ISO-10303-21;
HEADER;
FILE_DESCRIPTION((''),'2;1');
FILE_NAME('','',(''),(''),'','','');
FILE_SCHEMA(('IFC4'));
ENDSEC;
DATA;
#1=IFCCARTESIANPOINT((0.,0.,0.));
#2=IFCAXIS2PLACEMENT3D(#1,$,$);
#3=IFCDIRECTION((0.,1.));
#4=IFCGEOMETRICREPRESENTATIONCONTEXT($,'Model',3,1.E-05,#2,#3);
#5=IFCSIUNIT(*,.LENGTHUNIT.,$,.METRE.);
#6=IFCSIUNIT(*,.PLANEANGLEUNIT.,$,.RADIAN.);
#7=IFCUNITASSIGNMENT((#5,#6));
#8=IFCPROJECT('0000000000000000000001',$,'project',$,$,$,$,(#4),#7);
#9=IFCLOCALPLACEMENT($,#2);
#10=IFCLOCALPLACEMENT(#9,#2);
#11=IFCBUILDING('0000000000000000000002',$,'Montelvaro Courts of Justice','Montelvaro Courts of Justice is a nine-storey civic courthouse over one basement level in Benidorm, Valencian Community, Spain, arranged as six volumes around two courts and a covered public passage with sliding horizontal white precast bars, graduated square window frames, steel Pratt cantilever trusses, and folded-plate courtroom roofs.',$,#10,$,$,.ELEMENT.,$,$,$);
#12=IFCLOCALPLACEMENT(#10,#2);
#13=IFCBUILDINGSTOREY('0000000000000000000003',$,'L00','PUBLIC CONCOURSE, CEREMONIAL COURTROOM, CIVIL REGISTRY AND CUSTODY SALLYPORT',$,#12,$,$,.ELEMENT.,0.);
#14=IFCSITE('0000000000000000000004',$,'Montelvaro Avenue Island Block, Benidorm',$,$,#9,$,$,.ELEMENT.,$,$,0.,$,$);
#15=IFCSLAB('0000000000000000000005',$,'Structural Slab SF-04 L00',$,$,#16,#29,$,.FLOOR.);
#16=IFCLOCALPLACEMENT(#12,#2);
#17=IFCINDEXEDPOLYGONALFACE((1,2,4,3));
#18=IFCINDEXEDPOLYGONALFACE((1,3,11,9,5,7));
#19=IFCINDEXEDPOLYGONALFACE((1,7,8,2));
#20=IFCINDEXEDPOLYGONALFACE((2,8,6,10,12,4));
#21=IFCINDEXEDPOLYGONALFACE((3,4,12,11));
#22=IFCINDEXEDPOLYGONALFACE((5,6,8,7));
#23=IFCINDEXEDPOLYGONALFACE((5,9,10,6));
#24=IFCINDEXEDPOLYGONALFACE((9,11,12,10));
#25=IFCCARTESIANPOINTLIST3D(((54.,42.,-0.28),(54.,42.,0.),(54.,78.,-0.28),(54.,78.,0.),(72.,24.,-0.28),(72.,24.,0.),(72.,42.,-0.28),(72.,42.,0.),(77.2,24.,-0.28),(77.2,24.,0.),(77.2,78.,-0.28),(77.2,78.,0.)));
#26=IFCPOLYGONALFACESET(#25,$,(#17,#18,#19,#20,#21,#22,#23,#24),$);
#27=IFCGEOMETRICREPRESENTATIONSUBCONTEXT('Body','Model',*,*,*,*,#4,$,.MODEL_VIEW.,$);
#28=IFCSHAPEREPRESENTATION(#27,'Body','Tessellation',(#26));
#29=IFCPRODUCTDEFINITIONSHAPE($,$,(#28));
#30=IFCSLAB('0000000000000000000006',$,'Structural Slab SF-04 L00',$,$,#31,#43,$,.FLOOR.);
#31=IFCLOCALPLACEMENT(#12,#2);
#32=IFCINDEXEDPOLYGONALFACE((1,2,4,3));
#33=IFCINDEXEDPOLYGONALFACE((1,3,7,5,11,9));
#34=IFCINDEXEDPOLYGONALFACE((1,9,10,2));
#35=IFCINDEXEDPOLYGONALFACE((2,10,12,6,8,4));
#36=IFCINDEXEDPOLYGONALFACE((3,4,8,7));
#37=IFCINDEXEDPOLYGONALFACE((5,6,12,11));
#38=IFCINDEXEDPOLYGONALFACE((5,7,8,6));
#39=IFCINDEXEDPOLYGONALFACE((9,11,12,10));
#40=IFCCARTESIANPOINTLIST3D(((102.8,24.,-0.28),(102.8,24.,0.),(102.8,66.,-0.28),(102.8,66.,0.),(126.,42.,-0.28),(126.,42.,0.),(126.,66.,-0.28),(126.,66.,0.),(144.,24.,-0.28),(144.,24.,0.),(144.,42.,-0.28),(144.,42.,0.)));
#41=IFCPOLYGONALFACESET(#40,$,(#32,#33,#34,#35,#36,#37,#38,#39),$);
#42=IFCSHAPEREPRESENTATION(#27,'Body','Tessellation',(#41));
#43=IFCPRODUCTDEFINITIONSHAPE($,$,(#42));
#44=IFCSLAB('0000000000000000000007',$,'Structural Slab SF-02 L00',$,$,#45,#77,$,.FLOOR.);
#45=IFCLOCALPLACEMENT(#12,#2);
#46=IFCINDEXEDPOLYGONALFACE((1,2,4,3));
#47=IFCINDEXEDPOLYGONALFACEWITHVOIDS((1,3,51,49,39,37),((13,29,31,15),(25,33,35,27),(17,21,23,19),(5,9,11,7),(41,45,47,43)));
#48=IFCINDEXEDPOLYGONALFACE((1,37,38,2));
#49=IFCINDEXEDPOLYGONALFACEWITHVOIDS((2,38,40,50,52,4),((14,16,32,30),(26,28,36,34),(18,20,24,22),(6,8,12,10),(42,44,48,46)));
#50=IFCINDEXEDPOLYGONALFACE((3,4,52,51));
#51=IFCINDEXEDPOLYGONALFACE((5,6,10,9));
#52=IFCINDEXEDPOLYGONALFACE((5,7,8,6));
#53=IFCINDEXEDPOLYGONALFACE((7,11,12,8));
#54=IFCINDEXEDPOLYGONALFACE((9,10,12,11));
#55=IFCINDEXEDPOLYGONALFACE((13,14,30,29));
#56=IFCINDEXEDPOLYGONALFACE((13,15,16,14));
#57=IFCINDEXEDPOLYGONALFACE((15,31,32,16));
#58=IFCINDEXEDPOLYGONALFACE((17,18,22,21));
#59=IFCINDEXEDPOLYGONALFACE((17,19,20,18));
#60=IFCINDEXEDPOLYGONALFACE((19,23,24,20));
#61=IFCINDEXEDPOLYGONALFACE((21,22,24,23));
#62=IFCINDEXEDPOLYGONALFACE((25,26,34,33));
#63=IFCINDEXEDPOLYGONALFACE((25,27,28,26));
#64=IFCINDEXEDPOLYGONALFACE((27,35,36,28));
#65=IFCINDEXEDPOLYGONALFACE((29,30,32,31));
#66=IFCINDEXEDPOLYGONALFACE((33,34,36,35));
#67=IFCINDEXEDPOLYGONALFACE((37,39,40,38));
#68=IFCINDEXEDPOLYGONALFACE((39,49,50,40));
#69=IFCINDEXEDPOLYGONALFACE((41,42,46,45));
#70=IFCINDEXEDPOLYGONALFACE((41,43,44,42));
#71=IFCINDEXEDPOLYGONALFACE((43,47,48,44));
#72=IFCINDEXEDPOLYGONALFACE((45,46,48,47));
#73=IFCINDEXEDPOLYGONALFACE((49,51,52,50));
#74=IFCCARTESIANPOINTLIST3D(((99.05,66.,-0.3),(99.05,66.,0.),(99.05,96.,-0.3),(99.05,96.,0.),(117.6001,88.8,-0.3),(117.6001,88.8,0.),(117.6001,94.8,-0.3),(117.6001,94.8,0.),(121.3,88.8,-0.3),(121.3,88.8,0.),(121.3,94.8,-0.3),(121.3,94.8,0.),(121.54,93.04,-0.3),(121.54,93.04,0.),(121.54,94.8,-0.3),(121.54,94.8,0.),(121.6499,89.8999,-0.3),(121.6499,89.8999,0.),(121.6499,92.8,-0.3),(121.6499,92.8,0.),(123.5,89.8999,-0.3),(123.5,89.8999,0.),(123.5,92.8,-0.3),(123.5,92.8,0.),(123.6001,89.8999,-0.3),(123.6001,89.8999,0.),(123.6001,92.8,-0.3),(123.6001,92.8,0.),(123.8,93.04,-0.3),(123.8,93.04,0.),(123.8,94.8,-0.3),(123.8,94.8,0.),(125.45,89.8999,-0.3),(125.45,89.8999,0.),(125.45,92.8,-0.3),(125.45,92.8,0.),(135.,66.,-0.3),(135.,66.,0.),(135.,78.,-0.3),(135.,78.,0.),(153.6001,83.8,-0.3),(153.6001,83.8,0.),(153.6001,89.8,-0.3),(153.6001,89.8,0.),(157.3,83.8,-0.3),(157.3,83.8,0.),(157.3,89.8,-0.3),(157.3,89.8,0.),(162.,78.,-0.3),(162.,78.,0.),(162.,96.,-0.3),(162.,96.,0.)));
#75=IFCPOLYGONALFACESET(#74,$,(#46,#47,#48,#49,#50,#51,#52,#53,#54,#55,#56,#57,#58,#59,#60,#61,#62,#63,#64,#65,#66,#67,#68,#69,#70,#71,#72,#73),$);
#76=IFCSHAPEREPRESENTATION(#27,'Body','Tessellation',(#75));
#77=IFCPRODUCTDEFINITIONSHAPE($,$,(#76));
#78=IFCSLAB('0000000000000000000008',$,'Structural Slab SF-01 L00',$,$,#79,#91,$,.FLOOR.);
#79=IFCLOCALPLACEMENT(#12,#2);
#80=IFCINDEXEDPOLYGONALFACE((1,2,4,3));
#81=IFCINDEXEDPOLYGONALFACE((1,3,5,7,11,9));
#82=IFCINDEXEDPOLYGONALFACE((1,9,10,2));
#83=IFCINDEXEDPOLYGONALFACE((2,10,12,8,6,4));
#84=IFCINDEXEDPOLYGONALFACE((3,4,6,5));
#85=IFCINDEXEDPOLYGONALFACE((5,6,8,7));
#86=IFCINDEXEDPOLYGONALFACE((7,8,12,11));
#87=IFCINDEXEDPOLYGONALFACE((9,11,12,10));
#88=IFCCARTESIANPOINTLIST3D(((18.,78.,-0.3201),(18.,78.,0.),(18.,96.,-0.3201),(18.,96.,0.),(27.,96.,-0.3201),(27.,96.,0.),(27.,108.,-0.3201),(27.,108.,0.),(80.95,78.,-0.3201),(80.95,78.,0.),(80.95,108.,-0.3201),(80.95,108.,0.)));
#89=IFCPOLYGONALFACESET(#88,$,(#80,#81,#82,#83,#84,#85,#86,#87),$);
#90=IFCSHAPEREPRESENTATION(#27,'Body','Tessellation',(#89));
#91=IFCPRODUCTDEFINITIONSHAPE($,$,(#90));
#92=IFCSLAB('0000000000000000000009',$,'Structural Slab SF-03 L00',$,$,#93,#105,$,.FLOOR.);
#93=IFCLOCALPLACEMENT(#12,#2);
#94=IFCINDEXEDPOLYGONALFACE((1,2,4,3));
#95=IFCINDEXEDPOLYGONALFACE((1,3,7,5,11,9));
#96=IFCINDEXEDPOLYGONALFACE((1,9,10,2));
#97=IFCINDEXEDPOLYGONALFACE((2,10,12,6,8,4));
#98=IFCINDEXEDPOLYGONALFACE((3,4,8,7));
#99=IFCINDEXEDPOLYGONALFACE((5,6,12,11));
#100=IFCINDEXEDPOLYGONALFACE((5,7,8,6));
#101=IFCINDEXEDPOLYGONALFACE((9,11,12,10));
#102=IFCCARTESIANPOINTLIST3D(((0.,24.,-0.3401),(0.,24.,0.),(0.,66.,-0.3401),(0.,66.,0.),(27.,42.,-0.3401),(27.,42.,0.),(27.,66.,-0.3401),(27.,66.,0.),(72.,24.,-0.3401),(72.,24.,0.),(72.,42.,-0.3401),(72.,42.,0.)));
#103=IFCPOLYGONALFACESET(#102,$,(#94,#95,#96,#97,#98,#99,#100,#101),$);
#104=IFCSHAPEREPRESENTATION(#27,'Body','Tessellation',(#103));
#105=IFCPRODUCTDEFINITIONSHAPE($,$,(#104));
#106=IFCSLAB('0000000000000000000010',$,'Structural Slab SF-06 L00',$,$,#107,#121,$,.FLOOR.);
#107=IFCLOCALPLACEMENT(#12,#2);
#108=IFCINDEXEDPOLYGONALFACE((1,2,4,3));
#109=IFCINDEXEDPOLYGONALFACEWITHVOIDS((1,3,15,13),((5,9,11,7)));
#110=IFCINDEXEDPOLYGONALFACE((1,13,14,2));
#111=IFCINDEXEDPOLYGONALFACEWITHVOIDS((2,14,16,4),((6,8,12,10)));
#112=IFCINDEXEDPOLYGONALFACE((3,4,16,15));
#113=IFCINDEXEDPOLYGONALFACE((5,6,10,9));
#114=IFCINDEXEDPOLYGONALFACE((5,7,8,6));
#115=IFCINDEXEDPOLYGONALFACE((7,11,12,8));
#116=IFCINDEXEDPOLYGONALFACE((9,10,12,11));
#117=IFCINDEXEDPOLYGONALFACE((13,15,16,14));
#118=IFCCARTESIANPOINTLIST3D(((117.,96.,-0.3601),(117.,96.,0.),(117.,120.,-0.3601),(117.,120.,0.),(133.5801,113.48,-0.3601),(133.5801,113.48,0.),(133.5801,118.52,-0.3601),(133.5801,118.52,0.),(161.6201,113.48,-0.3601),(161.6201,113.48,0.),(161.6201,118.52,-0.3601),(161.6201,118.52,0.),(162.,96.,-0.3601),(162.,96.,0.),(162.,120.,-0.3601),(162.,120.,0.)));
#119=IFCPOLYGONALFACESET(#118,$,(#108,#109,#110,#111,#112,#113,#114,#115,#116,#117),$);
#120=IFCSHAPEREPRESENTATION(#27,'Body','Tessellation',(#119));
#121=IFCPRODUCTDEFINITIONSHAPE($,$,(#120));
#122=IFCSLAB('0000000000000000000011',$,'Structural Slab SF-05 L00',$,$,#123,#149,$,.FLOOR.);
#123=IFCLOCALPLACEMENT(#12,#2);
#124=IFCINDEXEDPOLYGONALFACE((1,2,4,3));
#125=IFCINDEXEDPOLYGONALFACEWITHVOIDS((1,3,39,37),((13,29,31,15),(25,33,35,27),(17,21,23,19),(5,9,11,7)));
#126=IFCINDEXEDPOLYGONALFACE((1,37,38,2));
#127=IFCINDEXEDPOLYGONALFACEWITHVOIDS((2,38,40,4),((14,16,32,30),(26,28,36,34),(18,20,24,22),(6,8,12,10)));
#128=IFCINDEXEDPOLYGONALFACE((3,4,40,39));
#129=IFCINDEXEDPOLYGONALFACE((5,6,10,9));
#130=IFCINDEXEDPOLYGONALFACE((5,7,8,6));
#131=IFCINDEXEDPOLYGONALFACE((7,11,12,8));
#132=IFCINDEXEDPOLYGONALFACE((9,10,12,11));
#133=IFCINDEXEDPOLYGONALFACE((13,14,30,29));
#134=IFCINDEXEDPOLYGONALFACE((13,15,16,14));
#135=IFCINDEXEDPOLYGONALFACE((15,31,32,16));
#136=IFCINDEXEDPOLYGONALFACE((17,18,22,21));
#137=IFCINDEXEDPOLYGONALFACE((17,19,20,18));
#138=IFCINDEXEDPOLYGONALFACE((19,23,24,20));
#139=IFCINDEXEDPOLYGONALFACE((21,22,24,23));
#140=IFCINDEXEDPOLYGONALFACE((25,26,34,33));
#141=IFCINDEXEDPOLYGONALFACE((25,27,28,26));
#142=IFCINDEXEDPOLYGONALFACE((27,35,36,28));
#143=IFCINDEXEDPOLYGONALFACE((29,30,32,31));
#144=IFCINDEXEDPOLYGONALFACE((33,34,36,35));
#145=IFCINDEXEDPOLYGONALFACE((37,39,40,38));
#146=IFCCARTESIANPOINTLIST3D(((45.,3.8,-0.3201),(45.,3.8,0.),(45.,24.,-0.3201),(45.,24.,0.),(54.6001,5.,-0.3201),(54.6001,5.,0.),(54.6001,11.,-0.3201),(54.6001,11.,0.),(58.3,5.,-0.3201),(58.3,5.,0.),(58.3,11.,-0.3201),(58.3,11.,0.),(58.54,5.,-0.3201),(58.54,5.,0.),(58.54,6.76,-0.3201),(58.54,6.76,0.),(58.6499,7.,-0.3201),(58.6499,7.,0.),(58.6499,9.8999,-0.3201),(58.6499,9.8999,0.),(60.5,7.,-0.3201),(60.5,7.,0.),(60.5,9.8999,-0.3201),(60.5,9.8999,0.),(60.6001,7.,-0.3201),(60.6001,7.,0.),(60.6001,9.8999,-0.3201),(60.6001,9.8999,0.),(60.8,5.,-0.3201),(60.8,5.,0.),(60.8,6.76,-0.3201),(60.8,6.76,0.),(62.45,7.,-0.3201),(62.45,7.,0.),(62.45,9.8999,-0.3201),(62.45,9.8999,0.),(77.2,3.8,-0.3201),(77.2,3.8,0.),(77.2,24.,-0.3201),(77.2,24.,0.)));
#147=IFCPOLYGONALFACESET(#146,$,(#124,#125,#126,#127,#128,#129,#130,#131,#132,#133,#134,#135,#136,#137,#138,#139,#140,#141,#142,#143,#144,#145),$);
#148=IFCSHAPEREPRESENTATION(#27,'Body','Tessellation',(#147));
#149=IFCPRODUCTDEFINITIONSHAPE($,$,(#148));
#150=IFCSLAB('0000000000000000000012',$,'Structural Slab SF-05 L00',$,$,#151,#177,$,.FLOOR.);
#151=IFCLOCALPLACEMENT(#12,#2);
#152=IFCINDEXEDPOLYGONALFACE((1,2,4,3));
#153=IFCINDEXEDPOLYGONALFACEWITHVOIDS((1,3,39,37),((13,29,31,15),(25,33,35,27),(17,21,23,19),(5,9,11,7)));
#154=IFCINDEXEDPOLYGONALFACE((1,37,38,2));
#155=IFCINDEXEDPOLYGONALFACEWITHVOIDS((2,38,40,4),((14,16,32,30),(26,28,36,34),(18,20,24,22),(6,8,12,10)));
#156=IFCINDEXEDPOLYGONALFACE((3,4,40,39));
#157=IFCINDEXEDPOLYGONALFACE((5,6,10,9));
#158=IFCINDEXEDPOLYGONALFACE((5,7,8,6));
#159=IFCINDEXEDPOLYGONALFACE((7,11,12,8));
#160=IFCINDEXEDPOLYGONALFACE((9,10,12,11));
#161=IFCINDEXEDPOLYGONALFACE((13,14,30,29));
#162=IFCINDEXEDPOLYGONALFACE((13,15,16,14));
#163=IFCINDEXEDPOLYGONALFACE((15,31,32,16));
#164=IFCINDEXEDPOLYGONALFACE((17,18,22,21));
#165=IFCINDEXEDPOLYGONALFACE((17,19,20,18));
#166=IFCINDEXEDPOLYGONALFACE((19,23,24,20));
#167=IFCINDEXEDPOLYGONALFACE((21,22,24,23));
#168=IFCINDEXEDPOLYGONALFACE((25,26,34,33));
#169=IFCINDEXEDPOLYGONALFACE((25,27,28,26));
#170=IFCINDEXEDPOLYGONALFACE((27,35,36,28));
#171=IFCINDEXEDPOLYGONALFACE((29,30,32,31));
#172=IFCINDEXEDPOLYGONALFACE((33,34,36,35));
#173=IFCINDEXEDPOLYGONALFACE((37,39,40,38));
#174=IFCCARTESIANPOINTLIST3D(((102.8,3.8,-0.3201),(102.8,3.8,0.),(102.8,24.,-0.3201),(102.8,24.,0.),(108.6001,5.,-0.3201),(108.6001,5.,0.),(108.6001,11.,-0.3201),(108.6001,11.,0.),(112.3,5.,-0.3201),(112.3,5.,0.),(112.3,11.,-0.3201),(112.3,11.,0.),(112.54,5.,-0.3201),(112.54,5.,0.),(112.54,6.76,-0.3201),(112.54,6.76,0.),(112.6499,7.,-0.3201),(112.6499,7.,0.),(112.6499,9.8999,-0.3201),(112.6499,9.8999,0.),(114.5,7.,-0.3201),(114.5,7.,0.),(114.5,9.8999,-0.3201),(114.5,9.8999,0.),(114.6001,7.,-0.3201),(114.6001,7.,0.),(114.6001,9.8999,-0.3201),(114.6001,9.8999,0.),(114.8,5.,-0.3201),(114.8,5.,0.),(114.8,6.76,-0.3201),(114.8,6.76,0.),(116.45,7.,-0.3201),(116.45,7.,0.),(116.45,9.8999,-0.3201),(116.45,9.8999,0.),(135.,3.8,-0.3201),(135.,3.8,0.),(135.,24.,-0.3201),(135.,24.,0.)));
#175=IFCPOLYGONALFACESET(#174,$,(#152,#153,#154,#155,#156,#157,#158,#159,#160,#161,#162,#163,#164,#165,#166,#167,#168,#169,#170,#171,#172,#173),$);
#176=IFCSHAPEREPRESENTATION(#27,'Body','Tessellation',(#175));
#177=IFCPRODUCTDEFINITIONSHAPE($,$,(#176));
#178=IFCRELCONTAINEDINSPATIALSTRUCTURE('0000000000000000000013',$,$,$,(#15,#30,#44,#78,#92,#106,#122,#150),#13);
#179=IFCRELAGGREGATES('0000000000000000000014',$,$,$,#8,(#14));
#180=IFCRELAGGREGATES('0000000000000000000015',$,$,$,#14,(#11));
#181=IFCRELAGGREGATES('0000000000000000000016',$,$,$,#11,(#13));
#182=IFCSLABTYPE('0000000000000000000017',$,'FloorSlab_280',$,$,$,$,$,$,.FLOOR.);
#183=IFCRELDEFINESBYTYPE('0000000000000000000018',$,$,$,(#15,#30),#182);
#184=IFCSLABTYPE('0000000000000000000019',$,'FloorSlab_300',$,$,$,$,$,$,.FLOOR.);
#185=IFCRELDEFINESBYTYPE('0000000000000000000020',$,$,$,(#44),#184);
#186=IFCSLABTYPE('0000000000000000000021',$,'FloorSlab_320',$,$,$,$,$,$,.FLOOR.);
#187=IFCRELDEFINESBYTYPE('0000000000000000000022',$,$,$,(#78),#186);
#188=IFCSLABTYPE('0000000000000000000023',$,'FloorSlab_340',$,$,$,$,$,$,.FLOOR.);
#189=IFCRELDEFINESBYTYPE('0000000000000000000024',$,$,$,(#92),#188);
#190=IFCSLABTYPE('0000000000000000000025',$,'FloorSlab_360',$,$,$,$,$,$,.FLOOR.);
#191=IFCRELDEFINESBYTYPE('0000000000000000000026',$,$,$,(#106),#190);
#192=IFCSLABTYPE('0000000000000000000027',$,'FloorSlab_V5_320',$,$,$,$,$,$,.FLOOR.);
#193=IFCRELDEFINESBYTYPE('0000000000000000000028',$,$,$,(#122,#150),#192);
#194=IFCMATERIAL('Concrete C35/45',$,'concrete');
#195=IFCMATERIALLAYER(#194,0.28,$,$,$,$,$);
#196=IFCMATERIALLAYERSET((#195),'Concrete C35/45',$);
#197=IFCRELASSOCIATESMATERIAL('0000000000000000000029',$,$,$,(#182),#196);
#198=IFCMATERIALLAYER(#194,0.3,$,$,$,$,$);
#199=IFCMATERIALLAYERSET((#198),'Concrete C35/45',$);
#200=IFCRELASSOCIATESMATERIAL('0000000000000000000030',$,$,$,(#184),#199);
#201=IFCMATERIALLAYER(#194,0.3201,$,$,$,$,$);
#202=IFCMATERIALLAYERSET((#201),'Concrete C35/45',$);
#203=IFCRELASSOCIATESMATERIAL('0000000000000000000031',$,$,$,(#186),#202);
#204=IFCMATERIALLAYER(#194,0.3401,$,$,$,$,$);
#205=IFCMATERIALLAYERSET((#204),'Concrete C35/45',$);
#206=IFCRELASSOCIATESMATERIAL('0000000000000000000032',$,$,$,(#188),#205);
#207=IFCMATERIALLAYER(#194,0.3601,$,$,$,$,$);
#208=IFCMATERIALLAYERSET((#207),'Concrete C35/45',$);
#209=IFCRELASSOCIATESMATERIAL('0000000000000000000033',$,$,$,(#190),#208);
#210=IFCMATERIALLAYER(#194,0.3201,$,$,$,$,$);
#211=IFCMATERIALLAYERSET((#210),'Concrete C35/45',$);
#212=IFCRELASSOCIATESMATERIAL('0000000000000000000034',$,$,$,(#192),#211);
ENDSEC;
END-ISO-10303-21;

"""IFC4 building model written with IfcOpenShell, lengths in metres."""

from ifc_helpers import new_model, si_unit, direction, frame, origin, place, context, subcontext, project, spatial, polyline, outline, extrude, material, layer, layer_set, type_object, element, save


model = new_model("IFC4")

# Units and contexts
model_context = context("Model", 3, precision=1e-05, world=origin(), true_north=direction((0.0, 1.0)))
body_context = subcontext(model_context, "Body", "Model", "MODEL_VIEW")
ifc_project = project(units=[si_unit("LENGTHUNIT", "METRE"), si_unit("PLANEANGLEUNIT", "RADIAN")], contexts=[model_context])

# Site, building, storey
site_placement = place(None, origin())
site = spatial("IfcSite", under=ifc_project, at=site_placement, Name="Montelvaro Avenue Island Block, Benidorm", CompositionType="ELEMENT", RefElevation=0.0)
building_placement = place(site_placement, origin())
building = spatial("IfcBuilding", under=site, at=building_placement, Name="Montelvaro Courts of Justice", Description="Montelvaro Courts of Justice is a nine-storey civic courthouse over one basement level in Benidorm, Valencian Community, Spain, arranged as six volumes around two courts and a covered public passage with sliding horizontal white precast bars, graduated square window frames, steel Pratt cantilever trusses, and folded-plate courtroom roofs.", CompositionType="ELEMENT")
storey_placement = place(building_placement, origin())
storey = spatial("IfcBuildingStorey", under=building, at=storey_placement, Name="L00", Description="PUBLIC CONCOURSE, CEREMONIAL COURTROOM, CIVIL REGISTRY AND CUSTODY SALLYPORT", CompositionType="ELEMENT", Elevation=0.0)

# Slabs
ifc_material_1 = material(Name="Concrete C35/45", Category="concrete")
ifc_layer_1 = layer(ifc_material_1, 0.28)
ifc_layer_set_1 = layer_set([ifc_layer_1], Name="Concrete C35/45")
slab_type_1 = type_object("IfcSlabType", Name="FloorSlab_280", PredefinedType="FLOOR", material=ifc_layer_set_1)
slab_1_placement = place(storey_placement, frame((0.0, 0.0, -0.28)))
element("IfcSlab", 1, at=slab_1_placement, inside=storey, type_object=slab_type_1, Name="Structural Slab SF-04 L00", PredefinedType="FLOOR", context=body_context, shape_type="SweptSolid", body=[
    extrude(outline(polyline([(72.0, 24.0), (77.2, 24.0), (77.2, 78.0), (54.0, 78.0), (54.0, 42.0), (72.0, 42.0), (72.0, 24.0)])), origin(), (0.0, 0.0, 1.0), 0.28),
])
slab_2_placement = place(storey_placement, frame((0.0, 0.0, -0.28)))
element("IfcSlab", 2, at=slab_2_placement, inside=storey, type_object=slab_type_1, Name="Structural Slab SF-04 L00", PredefinedType="FLOOR", context=body_context, shape_type="SweptSolid", body=[
    extrude(outline(polyline([(102.8, 24.0), (144.0, 24.0), (144.0, 42.0), (126.0, 42.0), (126.0, 66.0), (102.8, 66.0), (102.8, 24.0)])), origin(), (0.0, 0.0, 1.0), 0.28),
])
ifc_layer_2 = layer(ifc_material_1, 0.3)
ifc_layer_set_2 = layer_set([ifc_layer_2], Name="Concrete C35/45")
slab_type_2 = type_object("IfcSlabType", Name="FloorSlab_300", PredefinedType="FLOOR", material=ifc_layer_set_2)
slab_3_placement = place(storey_placement, frame((0.0, 0.0, -0.3)))
element("IfcSlab", 3, at=slab_3_placement, inside=storey, type_object=slab_type_2, Name="Structural Slab SF-02 L00", PredefinedType="FLOOR", context=body_context, shape_type="SweptSolid", body=[
    extrude(outline(polyline([(99.05, 66.0), (135.0, 66.0), (135.0, 78.0), (162.0, 78.0), (162.0, 96.0), (99.05, 96.0), (99.05, 66.0)]), holes=[polyline([(117.6001, 88.8), (121.3, 88.8), (121.3, 94.8), (117.6001, 94.8), (117.6001, 88.8)]), polyline([(121.54, 93.04), (123.8, 93.04), (123.8, 94.8), (121.54, 94.8), (121.54, 93.04)]), polyline([(121.6499, 89.8999), (123.5, 89.8999), (123.5, 92.8), (121.6499, 92.8), (121.6499, 89.8999)]), polyline([(123.6001, 89.8999), (125.45, 89.8999), (125.45, 92.8), (123.6001, 92.8), (123.6001, 89.8999)]), polyline([(153.6001, 83.8), (157.3, 83.8), (157.3, 89.8), (153.6001, 89.8), (153.6001, 83.8)])]), origin(), (0.0, 0.0, 1.0), 0.3),
])
ifc_layer_3 = layer(ifc_material_1, 0.3201)
ifc_layer_set_3 = layer_set([ifc_layer_3], Name="Concrete C35/45")
slab_type_3 = type_object("IfcSlabType", Name="FloorSlab_320", PredefinedType="FLOOR", material=ifc_layer_set_3)
slab_4_placement = place(storey_placement, frame((0.0, 0.0, -0.3201)))
element("IfcSlab", 4, at=slab_4_placement, inside=storey, type_object=slab_type_3, Name="Structural Slab SF-01 L00", PredefinedType="FLOOR", context=body_context, shape_type="SweptSolid", body=[
    extrude(outline(polyline([(18.0, 78.0), (80.95, 78.0), (80.95, 108.0), (27.0, 108.0), (27.0, 96.0), (18.0, 96.0), (18.0, 78.0)])), origin(), (0.0, 0.0, 1.0), 0.3201),
])
ifc_layer_4 = layer(ifc_material_1, 0.3401)
ifc_layer_set_4 = layer_set([ifc_layer_4], Name="Concrete C35/45")
slab_type_4 = type_object("IfcSlabType", Name="FloorSlab_340", PredefinedType="FLOOR", material=ifc_layer_set_4)
slab_5_placement = place(storey_placement, frame((0.0, 0.0, -0.3401)))
element("IfcSlab", 5, at=slab_5_placement, inside=storey, type_object=slab_type_4, Name="Structural Slab SF-03 L00", PredefinedType="FLOOR", context=body_context, shape_type="SweptSolid", body=[
    extrude(outline(polyline([(0.0, 24.0), (72.0, 24.0), (72.0, 42.0), (27.0, 42.0), (27.0, 66.0), (0.0, 66.0), (0.0, 24.0)])), origin(), (0.0, 0.0, 1.0), 0.3401),
])
ifc_layer_5 = layer(ifc_material_1, 0.3601)
ifc_layer_set_5 = layer_set([ifc_layer_5], Name="Concrete C35/45")
slab_type_5 = type_object("IfcSlabType", Name="FloorSlab_360", PredefinedType="FLOOR", material=ifc_layer_set_5)
slab_6_placement = place(storey_placement, frame((0.0, 0.0, -0.3601)))
element("IfcSlab", 6, at=slab_6_placement, inside=storey, type_object=slab_type_5, Name="Structural Slab SF-06 L00", PredefinedType="FLOOR", context=body_context, shape_type="SweptSolid", body=[
    extrude(outline(polyline([(117.0, 96.0), (162.0, 96.0), (162.0, 120.0), (117.0, 120.0), (117.0, 96.0)]), holes=[polyline([(133.5801, 113.48), (161.6201, 113.48), (161.6201, 118.52), (133.5801, 118.52), (133.5801, 113.48)])]), origin(), (0.0, 0.0, 1.0), 0.3601),
])
ifc_layer_6 = layer(ifc_material_1, 0.3201)
ifc_layer_set_6 = layer_set([ifc_layer_6], Name="Concrete C35/45")
slab_type_6 = type_object("IfcSlabType", Name="FloorSlab_V5_320", PredefinedType="FLOOR", material=ifc_layer_set_6)
slab_7_placement = place(storey_placement, frame((0.0, 0.0, -0.3201)))
element("IfcSlab", 7, at=slab_7_placement, inside=storey, type_object=slab_type_6, Name="Structural Slab SF-05 L00", PredefinedType="FLOOR", context=body_context, shape_type="SweptSolid", body=[
    extrude(outline(polyline([(45.0, 3.8), (77.2, 3.8), (77.2, 24.0), (45.0, 24.0), (45.0, 3.8)]), holes=[polyline([(54.6001, 5.0), (58.3, 5.0), (58.3, 11.0), (54.6001, 11.0), (54.6001, 5.0)]), polyline([(58.54, 5.0), (60.8, 5.0), (60.8, 6.76), (58.54, 6.76), (58.54, 5.0)]), polyline([(58.6499, 7.0), (60.5, 7.0), (60.5, 9.8999), (58.6499, 9.8999), (58.6499, 7.0)]), polyline([(60.6001, 7.0), (62.45, 7.0), (62.45, 9.8999), (60.6001, 9.8999), (60.6001, 7.0)])]), origin(), (0.0, 0.0, 1.0), 0.3201),
])
slab_8_placement = place(storey_placement, frame((0.0, 0.0, -0.3201)))
element("IfcSlab", 8, at=slab_8_placement, inside=storey, type_object=slab_type_6, Name="Structural Slab SF-05 L00", PredefinedType="FLOOR", context=body_context, shape_type="SweptSolid", body=[
    extrude(outline(polyline([(102.8, 3.8), (135.0, 3.8), (135.0, 24.0), (102.8, 24.0), (102.8, 3.8)]), holes=[polyline([(108.6001, 5.0), (112.3, 5.0), (112.3, 11.0), (108.6001, 11.0), (108.6001, 5.0)]), polyline([(112.54, 5.0), (114.8, 5.0), (114.8, 6.76), (112.54, 6.76), (112.54, 5.0)]), polyline([(112.6499, 7.0), (114.5, 7.0), (114.5, 9.8999), (112.6499, 9.8999), (112.6499, 7.0)]), polyline([(114.6001, 7.0), (116.45, 7.0), (116.45, 9.8999), (114.6001, 9.8999), (114.6001, 7.0)])]), origin(), (0.0, 0.0, 1.0), 0.3201),
])

save(model, "model.ifc")
